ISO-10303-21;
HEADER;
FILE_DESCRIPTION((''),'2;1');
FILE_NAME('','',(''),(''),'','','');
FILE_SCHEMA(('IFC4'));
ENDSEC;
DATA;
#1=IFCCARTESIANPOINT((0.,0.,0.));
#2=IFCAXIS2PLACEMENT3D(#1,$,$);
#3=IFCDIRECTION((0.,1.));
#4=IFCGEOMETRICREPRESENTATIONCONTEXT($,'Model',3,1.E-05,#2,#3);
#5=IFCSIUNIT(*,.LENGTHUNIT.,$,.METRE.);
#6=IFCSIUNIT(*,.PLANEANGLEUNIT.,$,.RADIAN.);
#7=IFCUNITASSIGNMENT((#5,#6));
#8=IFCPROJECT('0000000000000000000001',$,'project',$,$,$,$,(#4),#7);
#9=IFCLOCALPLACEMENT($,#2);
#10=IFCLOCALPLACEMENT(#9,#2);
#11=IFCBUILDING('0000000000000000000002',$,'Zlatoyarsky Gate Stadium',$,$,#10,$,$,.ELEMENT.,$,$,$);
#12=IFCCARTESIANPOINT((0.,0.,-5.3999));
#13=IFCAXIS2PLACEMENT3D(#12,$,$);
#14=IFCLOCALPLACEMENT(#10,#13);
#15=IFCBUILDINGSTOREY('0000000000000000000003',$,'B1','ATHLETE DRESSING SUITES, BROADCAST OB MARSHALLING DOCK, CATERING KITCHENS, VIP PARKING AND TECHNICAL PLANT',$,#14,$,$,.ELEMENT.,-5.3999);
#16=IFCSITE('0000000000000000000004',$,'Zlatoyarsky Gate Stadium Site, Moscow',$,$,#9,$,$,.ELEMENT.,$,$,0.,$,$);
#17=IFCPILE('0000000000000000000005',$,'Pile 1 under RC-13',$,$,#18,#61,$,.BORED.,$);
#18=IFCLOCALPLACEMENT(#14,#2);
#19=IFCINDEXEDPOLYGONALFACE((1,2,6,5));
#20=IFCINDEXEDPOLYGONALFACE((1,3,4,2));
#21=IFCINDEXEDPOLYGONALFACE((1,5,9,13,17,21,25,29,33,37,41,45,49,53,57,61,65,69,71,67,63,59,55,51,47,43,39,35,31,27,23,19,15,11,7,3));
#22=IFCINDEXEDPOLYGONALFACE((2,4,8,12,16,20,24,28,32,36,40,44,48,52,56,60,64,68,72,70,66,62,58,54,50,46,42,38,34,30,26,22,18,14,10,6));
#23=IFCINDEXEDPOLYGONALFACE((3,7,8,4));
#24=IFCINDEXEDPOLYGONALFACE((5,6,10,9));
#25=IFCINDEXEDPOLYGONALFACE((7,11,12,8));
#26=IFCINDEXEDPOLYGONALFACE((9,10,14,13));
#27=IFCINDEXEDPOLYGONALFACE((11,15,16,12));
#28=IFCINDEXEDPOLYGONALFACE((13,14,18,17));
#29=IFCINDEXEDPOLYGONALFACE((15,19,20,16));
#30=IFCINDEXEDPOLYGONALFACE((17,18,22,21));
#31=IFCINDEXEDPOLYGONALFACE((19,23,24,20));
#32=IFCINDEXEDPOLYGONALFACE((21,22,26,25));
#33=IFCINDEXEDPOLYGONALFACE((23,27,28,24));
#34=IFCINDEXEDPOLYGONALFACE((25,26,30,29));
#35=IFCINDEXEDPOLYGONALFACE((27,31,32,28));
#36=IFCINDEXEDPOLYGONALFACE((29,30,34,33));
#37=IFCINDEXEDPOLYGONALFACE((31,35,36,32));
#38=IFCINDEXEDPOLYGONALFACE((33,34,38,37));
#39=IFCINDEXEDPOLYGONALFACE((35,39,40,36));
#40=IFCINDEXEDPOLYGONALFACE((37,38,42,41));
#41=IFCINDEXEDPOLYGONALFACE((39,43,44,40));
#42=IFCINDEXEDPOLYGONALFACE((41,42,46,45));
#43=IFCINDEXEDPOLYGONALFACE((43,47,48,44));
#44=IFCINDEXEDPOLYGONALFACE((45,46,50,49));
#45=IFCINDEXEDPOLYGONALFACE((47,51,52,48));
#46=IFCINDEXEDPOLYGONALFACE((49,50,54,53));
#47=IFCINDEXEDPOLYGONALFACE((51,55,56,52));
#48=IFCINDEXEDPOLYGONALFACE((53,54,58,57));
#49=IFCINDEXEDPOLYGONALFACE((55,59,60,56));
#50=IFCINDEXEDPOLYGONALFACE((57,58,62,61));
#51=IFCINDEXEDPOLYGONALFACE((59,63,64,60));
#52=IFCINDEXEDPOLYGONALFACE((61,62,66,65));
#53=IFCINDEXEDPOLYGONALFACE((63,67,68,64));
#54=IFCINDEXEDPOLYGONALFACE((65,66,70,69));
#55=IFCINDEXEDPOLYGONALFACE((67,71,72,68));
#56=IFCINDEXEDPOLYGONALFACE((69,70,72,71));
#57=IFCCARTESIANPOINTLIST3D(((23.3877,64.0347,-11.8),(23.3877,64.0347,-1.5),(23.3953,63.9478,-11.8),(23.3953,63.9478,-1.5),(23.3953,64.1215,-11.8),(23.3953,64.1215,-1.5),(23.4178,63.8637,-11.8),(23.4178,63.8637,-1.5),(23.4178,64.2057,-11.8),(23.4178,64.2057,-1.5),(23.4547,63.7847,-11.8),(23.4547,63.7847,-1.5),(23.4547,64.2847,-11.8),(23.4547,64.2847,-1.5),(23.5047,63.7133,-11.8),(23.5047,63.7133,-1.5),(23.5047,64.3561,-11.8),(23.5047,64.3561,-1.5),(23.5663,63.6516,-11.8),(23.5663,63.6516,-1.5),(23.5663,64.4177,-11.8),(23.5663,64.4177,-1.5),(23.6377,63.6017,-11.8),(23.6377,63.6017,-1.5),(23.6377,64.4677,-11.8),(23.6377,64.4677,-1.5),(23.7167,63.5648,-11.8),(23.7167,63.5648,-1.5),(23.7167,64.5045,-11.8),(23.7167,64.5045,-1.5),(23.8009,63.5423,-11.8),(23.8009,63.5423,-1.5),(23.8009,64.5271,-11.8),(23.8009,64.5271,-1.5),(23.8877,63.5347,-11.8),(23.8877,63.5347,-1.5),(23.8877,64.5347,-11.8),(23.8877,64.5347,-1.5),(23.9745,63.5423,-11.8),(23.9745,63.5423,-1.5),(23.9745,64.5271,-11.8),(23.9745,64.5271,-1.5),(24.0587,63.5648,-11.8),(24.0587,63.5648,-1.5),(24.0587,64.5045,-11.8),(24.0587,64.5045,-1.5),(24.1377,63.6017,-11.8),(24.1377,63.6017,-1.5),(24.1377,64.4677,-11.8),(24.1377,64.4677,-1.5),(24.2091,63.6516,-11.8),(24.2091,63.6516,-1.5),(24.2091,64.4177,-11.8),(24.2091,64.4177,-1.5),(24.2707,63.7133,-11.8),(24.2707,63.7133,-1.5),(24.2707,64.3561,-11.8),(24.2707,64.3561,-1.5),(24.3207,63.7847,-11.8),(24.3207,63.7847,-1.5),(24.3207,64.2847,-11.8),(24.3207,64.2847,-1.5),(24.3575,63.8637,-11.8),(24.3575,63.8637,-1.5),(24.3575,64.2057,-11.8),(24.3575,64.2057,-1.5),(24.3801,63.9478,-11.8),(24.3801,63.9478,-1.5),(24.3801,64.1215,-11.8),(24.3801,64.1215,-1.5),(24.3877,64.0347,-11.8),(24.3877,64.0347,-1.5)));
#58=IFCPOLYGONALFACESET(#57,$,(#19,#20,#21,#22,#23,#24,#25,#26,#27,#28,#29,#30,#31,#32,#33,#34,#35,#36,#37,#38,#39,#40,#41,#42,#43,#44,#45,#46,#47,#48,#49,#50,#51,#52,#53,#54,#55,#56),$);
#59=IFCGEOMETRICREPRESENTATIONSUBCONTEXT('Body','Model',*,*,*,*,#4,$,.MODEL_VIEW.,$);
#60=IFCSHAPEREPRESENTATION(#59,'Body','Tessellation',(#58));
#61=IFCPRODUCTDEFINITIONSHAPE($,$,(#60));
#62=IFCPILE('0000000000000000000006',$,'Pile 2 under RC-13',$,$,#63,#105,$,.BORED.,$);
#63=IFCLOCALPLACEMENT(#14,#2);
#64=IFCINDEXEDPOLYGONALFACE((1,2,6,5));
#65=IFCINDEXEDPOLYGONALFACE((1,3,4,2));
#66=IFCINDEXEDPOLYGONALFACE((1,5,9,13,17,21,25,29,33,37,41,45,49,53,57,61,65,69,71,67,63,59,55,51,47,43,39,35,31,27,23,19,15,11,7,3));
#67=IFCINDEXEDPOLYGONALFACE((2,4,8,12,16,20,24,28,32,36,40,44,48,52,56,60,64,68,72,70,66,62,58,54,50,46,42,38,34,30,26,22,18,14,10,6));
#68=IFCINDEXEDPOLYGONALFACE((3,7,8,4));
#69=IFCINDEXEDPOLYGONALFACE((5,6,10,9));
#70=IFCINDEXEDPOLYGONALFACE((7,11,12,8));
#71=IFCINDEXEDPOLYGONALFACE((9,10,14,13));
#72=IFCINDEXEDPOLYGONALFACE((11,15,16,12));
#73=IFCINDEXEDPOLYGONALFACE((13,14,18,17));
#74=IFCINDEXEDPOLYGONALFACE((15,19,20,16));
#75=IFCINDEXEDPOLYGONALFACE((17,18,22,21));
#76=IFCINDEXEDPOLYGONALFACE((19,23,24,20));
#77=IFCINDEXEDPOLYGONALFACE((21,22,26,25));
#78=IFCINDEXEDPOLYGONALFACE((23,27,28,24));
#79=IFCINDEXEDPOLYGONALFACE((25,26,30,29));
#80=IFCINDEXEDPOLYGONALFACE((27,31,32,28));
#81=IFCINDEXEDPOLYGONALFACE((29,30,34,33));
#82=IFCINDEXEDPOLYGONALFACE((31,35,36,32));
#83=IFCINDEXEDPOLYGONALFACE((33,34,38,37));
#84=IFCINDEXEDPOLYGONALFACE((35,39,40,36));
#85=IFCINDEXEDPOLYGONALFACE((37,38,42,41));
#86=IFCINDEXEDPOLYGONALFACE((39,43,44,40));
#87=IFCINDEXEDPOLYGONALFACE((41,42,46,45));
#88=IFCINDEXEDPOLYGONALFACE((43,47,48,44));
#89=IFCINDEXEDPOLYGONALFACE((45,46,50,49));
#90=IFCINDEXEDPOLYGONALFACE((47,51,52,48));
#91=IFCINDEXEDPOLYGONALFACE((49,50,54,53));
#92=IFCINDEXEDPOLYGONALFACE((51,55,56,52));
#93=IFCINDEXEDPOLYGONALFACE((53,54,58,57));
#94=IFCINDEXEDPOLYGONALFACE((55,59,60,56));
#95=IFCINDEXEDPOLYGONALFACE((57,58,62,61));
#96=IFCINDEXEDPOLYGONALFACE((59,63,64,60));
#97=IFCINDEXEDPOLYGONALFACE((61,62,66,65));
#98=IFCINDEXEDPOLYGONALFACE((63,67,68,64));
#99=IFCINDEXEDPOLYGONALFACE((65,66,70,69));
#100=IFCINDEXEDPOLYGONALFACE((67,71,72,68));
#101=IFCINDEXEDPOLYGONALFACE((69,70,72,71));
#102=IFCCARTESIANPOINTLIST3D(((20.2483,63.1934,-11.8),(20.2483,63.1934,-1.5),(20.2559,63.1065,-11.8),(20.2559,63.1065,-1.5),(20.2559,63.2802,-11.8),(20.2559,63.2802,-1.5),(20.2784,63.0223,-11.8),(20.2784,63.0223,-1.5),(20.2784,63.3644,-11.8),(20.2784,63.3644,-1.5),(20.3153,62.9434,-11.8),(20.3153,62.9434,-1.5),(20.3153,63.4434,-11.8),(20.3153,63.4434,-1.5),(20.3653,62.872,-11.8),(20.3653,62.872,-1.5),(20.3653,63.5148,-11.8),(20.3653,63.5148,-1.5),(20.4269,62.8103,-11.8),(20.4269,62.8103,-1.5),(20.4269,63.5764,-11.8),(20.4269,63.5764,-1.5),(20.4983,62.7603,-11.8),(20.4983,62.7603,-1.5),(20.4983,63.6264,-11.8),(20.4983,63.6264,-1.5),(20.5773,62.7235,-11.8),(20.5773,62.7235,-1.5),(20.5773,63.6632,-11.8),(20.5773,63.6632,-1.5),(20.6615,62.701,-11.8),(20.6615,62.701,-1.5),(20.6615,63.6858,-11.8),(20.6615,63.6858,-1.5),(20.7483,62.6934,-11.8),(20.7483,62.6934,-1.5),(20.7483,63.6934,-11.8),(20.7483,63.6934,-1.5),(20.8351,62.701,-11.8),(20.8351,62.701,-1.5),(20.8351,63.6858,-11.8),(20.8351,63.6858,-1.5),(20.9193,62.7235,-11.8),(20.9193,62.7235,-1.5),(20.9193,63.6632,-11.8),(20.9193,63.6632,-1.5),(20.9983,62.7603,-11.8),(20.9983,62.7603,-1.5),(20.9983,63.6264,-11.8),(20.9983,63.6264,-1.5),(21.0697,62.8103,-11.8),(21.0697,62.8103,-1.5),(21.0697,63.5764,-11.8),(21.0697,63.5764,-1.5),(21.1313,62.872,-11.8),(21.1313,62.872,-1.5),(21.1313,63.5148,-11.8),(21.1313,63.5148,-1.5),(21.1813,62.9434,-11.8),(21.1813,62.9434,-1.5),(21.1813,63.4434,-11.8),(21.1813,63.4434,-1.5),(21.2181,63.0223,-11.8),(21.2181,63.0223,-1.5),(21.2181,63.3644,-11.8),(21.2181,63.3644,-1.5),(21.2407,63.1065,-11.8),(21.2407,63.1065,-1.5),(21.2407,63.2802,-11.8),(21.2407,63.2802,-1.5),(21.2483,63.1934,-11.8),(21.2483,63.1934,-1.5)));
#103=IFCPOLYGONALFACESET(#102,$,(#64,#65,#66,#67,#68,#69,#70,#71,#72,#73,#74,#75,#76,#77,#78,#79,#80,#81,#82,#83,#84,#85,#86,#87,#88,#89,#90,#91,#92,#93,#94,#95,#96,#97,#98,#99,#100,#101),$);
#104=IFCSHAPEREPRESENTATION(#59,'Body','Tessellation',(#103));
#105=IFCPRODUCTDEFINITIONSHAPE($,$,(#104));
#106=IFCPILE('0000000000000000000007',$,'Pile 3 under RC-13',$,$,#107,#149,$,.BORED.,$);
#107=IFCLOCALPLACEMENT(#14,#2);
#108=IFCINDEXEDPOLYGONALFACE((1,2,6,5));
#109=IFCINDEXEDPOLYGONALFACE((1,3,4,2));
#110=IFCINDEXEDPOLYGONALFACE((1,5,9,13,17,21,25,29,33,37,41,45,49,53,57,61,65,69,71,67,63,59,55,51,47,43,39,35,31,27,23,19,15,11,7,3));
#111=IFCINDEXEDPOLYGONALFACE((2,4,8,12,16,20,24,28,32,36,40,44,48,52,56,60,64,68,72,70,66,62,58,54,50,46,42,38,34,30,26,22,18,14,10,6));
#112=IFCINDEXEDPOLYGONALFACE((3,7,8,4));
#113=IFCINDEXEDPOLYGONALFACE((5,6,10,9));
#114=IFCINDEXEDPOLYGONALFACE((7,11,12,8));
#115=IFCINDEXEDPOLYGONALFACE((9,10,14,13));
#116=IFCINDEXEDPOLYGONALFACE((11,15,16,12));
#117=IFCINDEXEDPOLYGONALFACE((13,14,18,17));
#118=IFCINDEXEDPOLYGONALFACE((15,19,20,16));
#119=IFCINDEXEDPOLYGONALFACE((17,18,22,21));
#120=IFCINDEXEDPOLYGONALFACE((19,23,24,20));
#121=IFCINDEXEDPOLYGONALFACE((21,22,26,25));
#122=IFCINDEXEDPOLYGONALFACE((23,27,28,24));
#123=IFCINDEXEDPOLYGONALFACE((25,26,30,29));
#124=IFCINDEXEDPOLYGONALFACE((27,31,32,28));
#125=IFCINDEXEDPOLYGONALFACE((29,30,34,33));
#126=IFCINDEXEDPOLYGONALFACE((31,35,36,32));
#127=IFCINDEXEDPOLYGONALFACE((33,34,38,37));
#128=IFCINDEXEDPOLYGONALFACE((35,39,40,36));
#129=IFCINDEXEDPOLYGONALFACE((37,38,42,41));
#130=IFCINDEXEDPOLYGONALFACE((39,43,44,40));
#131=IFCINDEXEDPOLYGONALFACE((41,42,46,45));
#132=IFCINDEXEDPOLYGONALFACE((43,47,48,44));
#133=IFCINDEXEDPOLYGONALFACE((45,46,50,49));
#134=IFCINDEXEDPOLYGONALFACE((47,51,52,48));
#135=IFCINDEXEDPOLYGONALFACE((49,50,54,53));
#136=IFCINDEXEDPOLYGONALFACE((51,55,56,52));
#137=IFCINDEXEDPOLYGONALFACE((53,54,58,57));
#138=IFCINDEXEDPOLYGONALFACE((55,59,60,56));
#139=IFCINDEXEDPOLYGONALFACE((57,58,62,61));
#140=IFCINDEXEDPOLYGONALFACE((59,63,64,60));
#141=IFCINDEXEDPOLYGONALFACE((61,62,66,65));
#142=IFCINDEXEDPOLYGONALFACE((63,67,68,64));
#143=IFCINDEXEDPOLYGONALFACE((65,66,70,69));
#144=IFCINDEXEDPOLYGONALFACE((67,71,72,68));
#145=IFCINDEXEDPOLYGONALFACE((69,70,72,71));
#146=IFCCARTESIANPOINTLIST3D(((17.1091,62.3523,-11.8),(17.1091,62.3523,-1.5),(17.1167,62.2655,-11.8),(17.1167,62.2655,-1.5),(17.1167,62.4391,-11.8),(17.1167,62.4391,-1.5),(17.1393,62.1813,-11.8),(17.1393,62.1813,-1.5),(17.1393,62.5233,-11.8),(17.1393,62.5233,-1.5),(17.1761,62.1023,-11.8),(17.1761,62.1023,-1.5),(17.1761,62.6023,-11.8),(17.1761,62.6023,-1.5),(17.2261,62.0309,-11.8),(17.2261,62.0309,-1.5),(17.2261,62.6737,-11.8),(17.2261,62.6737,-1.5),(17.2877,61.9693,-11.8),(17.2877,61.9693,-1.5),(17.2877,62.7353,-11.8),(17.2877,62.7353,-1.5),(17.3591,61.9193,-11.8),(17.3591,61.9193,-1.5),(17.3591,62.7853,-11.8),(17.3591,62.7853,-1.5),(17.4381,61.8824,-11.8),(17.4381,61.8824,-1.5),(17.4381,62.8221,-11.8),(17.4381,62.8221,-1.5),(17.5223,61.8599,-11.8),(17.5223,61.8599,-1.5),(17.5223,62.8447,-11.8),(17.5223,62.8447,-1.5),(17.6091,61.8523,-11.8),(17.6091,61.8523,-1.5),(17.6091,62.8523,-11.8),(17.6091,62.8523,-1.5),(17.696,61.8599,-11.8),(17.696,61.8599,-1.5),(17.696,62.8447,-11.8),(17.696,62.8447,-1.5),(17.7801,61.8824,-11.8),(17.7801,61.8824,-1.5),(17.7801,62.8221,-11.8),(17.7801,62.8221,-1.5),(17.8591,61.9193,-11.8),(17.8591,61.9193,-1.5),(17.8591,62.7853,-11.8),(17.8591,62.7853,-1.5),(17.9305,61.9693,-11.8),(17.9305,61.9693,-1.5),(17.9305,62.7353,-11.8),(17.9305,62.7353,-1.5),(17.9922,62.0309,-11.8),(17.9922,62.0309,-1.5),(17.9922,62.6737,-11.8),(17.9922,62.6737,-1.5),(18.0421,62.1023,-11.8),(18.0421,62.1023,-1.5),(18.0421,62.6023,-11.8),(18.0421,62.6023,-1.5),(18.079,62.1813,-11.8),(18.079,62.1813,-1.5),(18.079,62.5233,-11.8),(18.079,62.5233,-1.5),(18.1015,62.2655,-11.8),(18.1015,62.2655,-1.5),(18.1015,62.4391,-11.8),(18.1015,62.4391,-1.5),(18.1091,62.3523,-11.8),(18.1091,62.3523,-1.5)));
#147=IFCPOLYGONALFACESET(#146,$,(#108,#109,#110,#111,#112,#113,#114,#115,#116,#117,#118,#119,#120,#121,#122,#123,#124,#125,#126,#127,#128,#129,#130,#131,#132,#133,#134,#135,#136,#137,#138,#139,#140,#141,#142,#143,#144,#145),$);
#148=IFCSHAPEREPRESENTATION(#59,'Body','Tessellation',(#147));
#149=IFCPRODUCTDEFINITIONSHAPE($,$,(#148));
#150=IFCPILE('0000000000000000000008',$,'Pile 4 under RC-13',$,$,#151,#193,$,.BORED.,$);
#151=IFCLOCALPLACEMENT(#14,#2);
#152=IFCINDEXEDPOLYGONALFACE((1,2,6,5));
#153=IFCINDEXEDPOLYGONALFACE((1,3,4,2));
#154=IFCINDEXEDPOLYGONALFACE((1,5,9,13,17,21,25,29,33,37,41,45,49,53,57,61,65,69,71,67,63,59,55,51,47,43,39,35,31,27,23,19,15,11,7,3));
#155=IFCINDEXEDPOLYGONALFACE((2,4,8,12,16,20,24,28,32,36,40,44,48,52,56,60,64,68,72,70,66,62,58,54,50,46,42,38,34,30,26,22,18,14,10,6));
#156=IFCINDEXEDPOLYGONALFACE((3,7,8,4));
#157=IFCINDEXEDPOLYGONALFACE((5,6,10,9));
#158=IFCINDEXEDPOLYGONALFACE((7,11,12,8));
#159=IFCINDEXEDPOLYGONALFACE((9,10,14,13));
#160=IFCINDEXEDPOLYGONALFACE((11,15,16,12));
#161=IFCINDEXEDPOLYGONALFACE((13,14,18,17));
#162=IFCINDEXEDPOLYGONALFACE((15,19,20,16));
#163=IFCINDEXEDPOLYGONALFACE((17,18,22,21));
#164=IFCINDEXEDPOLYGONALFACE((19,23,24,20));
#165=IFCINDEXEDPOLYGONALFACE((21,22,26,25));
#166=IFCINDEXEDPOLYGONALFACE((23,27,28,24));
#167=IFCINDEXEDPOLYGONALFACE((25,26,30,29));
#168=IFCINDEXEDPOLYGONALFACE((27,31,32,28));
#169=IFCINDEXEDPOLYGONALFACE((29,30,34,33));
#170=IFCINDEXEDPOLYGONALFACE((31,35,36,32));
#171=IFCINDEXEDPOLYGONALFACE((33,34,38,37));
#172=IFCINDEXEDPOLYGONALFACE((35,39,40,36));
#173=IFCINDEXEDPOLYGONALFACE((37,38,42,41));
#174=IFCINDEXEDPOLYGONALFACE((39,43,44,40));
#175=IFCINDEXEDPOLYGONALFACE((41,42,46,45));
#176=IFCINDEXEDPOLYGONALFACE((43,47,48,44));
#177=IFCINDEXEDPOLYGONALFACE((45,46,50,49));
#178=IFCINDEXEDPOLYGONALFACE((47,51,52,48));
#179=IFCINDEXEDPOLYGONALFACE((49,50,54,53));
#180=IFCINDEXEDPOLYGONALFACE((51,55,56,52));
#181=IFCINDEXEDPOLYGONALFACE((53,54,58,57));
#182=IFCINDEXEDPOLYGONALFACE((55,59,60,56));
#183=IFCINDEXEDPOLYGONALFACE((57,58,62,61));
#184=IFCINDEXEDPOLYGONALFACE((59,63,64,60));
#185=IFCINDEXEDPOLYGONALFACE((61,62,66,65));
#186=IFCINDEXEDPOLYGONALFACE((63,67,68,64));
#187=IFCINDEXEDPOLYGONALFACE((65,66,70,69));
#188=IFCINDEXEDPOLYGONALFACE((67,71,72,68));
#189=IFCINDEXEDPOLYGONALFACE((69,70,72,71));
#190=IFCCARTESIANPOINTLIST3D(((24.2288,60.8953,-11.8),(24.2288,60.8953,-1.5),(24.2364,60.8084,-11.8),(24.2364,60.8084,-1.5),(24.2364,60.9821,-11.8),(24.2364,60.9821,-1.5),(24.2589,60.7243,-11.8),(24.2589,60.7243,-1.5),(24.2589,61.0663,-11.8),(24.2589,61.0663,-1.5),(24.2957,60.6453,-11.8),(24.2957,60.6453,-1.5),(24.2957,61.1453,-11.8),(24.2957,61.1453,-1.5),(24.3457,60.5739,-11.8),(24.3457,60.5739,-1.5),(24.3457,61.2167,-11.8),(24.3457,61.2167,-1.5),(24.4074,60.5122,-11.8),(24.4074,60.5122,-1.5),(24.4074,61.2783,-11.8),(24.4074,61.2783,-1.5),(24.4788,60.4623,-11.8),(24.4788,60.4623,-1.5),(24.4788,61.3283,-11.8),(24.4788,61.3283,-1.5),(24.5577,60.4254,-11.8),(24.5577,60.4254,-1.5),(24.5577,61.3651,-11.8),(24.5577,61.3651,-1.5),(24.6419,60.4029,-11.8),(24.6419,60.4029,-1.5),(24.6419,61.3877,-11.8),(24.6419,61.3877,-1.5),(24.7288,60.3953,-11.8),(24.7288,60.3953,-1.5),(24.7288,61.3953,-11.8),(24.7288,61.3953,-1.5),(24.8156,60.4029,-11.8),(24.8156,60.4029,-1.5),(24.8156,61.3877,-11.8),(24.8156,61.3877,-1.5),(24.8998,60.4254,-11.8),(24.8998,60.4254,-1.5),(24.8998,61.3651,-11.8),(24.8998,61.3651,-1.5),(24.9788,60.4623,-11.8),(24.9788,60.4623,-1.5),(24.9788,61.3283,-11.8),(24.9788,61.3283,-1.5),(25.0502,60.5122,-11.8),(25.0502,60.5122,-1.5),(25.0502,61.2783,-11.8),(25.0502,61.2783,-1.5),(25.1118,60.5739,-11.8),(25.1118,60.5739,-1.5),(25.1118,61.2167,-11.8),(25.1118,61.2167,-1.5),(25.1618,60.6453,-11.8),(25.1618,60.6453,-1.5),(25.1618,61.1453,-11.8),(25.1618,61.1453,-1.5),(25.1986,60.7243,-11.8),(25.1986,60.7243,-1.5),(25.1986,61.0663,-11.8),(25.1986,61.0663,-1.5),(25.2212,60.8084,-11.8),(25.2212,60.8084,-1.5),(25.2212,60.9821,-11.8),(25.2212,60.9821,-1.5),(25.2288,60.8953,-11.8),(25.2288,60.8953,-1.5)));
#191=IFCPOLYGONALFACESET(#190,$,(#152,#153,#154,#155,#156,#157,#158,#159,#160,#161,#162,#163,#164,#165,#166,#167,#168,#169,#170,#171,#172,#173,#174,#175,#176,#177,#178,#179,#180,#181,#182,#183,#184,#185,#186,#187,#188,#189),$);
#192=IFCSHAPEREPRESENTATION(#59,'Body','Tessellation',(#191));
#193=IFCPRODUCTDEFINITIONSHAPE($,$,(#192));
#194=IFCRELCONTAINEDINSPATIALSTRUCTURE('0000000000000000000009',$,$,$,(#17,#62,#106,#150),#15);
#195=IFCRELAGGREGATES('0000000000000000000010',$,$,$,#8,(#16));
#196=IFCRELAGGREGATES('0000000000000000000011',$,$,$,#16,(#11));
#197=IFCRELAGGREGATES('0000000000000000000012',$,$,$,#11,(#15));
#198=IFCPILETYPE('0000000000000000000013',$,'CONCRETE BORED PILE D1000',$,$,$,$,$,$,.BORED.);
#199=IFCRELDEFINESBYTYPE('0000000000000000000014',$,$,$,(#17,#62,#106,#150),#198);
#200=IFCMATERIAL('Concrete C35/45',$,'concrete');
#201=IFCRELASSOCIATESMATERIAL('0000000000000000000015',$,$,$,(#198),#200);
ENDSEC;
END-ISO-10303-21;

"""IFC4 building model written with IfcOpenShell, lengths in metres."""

from ifc_helpers import new_model, si_unit, direction, frame, origin, origin_2d, place, context, subcontext, project, spatial, circle, extrude, material, material_profile, profile_set, type_object, element, save


model = new_model("IFC4")

# Units and contexts
model_context = context("Model", 3, precision=1e-05, world=origin(), true_north=direction((0.0, 1.0)))
body_context = subcontext(model_context, "Body", "Model", "MODEL_VIEW")
ifc_project = project(units=[si_unit("LENGTHUNIT", "METRE"), si_unit("PLANEANGLEUNIT", "RADIAN")], contexts=[model_context])

# Site, building, storey
site_placement = place(None, origin())
site = spatial("IfcSite", under=ifc_project, at=site_placement, Name="Zlatoyarsky Gate Stadium Site, Moscow", CompositionType="ELEMENT", RefElevation=0.0)
building_placement = place(site_placement, origin())
building = spatial("IfcBuilding", under=site, at=building_placement, Name="Zlatoyarsky Gate Stadium", CompositionType="ELEMENT")
storey_placement = place(building_placement, frame((0.0, 0.0, -5.3999)))
storey = spatial("IfcBuildingStorey", under=building, at=storey_placement, Name="B1", Description="ATHLETE DRESSING SUITES, BROADCAST OB MARSHALLING DOCK, CATERING KITCHENS, VIP PARKING AND TECHNICAL PLANT", CompositionType="ELEMENT", Elevation=-5.3999)

# Piles
ifc_material_1 = material(Name="Concrete C35/45", Category="concrete")
ifc_material_profile_1 = material_profile(ifc_material_1, circle(Radius=0.5, at=origin_2d()), Name="BORED PILE D1000")
ifc_profile_set_1 = profile_set([ifc_material_profile_1], Name="Concrete C35/45")
pile_type_1 = type_object("IfcPileType", Name="CONCRETE BORED PILE D1000", PredefinedType="BORED", material=ifc_profile_set_1)
for number, where, z_axis, x_axis, name in (
    (1, (23.8877, 64.0347, -1.5), (0.0, 0.0, -1.0), (1.0, 0.0, 0.0), "Pile 1 under RC-13"),
    (2, (20.7483, 63.1934, -1.5), (0.0, 0.0, -1.0), (1.0, 0.0, 0.0), "Pile 2 under RC-13"),
    (3, (17.6091, 62.3523, -1.5), (0.0, 0.0, -1.0), (1.0, 0.0, 0.0), "Pile 3 under RC-13"),
    (4, (24.7288, 60.8953, -1.5), (0.0, 0.0, -1.0), (1.0, 0.0, 0.0), "Pile 4 under RC-13"),
):
    element("IfcPile", number, at=place(storey_placement, frame(where, z_axis=z_axis, x_axis=x_axis)), inside=storey, type_object=pile_type_1, Name=name, PredefinedType="BORED", context=body_context, shape_type="SweptSolid", body=[
        extrude(circle(Radius=0.5, at=origin_2d()), origin(), (0.0, 0.0, 1.0), 10.3),
    ])

save(model, "model.ifc")
